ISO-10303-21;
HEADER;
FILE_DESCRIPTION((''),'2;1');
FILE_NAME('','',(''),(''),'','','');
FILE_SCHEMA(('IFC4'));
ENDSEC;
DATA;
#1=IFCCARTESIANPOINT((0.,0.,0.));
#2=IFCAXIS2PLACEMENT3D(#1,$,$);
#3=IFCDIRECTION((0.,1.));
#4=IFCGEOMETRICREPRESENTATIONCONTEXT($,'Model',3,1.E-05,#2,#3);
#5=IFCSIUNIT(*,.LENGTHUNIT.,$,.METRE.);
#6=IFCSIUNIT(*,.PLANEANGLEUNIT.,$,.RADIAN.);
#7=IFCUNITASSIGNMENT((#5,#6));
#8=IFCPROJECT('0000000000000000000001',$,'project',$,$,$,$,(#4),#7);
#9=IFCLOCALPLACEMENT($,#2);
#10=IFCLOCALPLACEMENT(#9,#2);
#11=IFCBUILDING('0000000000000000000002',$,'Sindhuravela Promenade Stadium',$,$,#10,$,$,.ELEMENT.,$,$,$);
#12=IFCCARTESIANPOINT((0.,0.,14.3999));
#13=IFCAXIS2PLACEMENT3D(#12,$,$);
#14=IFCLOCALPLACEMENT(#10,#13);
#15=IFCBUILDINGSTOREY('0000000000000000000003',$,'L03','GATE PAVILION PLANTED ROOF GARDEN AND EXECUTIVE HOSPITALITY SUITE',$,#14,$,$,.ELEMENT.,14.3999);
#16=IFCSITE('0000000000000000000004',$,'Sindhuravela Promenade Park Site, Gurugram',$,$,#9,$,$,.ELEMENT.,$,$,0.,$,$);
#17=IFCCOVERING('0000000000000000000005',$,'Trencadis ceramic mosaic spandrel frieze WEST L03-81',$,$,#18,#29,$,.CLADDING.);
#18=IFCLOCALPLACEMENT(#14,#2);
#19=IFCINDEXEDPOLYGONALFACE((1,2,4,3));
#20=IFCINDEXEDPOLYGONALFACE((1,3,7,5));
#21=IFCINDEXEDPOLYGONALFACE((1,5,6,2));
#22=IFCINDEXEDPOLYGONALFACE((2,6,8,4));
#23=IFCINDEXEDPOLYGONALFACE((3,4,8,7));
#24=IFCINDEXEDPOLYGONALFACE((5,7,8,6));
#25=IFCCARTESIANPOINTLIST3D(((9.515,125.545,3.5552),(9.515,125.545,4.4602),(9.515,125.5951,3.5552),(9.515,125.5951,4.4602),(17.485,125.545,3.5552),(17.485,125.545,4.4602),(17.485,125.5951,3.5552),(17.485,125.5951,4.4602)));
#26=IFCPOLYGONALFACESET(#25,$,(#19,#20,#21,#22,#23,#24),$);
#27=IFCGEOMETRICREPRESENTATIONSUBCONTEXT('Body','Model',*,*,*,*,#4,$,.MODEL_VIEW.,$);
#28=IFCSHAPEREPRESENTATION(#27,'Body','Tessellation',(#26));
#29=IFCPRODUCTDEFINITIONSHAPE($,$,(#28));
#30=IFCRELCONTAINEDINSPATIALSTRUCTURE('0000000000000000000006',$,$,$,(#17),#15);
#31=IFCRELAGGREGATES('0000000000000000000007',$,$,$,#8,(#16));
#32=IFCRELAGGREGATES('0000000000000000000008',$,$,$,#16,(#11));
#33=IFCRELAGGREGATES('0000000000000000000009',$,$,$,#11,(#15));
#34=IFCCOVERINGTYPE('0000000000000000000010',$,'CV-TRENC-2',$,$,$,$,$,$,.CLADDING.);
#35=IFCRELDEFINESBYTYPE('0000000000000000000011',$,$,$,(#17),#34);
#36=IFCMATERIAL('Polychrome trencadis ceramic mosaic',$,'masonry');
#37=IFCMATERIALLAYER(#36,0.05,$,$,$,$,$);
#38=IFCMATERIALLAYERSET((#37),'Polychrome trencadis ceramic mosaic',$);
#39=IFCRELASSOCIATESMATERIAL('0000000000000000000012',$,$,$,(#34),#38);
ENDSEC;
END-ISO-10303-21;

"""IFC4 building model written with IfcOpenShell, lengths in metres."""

from ifc_helpers import new_model, si_unit, direction, frame, origin, origin_2d, place, context, subcontext, project, spatial, rectangle, extrude, material, layer, layer_set, type_object, element, save


model = new_model("IFC4")

# Units and contexts
model_context = context("Model", 3, precision=1e-05, world=origin(), true_north=direction((0.0, 1.0)))
body_context = subcontext(model_context, "Body", "Model", "MODEL_VIEW")
ifc_project = project(units=[si_unit("LENGTHUNIT", "METRE"), si_unit("PLANEANGLEUNIT", "RADIAN")], contexts=[model_context])

# Site, building, storey
site_placement = place(None, origin())
site = spatial("IfcSite", under=ifc_project, at=site_placement, Name="Sindhuravela Promenade Park Site, Gurugram", CompositionType="ELEMENT", RefElevation=0.0)
building_placement = place(site_placement, origin())
building = spatial("IfcBuilding", under=site, at=building_placement, Name="Sindhuravela Promenade Stadium", CompositionType="ELEMENT")
storey_placement = place(building_placement, frame((0.0, 0.0, 14.3999)))
storey = spatial("IfcBuildingStorey", under=building, at=storey_placement, Name="L03", Description="GATE PAVILION PLANTED ROOF GARDEN AND EXECUTIVE HOSPITALITY SUITE", CompositionType="ELEMENT", Elevation=14.3999)

# Covering
ifc_material_1 = material(Name="Polychrome trencadis ceramic mosaic", Category="masonry")
ifc_layer_1 = layer(ifc_material_1, 0.05)
ifc_layer_set_1 = layer_set([ifc_layer_1], Name="Polychrome trencadis ceramic mosaic")
covering_type_1 = type_object("IfcCoveringType", Name="CV-TRENC-2", PredefinedType="CLADDING", material=ifc_layer_set_1)
covering_1_placement = place(storey_placement, frame((13.5, 125.5701, 3.5552), z_axis=(0.0, 0.0, 1.0), x_axis=(1.0, 0.0, 0.0)))
element("IfcCovering", 1, at=covering_1_placement, inside=storey, type_object=covering_type_1, Name="Trencadis ceramic mosaic spandrel frieze WEST L03-81", PredefinedType="CLADDING", context=body_context, shape_type="SweptSolid", body=[
    extrude(rectangle(XDim=7.97, YDim=0.05, at=origin_2d()), origin(), (0.0, 0.0, 1.0), 0.905),
])

save(model, "model.ifc")
